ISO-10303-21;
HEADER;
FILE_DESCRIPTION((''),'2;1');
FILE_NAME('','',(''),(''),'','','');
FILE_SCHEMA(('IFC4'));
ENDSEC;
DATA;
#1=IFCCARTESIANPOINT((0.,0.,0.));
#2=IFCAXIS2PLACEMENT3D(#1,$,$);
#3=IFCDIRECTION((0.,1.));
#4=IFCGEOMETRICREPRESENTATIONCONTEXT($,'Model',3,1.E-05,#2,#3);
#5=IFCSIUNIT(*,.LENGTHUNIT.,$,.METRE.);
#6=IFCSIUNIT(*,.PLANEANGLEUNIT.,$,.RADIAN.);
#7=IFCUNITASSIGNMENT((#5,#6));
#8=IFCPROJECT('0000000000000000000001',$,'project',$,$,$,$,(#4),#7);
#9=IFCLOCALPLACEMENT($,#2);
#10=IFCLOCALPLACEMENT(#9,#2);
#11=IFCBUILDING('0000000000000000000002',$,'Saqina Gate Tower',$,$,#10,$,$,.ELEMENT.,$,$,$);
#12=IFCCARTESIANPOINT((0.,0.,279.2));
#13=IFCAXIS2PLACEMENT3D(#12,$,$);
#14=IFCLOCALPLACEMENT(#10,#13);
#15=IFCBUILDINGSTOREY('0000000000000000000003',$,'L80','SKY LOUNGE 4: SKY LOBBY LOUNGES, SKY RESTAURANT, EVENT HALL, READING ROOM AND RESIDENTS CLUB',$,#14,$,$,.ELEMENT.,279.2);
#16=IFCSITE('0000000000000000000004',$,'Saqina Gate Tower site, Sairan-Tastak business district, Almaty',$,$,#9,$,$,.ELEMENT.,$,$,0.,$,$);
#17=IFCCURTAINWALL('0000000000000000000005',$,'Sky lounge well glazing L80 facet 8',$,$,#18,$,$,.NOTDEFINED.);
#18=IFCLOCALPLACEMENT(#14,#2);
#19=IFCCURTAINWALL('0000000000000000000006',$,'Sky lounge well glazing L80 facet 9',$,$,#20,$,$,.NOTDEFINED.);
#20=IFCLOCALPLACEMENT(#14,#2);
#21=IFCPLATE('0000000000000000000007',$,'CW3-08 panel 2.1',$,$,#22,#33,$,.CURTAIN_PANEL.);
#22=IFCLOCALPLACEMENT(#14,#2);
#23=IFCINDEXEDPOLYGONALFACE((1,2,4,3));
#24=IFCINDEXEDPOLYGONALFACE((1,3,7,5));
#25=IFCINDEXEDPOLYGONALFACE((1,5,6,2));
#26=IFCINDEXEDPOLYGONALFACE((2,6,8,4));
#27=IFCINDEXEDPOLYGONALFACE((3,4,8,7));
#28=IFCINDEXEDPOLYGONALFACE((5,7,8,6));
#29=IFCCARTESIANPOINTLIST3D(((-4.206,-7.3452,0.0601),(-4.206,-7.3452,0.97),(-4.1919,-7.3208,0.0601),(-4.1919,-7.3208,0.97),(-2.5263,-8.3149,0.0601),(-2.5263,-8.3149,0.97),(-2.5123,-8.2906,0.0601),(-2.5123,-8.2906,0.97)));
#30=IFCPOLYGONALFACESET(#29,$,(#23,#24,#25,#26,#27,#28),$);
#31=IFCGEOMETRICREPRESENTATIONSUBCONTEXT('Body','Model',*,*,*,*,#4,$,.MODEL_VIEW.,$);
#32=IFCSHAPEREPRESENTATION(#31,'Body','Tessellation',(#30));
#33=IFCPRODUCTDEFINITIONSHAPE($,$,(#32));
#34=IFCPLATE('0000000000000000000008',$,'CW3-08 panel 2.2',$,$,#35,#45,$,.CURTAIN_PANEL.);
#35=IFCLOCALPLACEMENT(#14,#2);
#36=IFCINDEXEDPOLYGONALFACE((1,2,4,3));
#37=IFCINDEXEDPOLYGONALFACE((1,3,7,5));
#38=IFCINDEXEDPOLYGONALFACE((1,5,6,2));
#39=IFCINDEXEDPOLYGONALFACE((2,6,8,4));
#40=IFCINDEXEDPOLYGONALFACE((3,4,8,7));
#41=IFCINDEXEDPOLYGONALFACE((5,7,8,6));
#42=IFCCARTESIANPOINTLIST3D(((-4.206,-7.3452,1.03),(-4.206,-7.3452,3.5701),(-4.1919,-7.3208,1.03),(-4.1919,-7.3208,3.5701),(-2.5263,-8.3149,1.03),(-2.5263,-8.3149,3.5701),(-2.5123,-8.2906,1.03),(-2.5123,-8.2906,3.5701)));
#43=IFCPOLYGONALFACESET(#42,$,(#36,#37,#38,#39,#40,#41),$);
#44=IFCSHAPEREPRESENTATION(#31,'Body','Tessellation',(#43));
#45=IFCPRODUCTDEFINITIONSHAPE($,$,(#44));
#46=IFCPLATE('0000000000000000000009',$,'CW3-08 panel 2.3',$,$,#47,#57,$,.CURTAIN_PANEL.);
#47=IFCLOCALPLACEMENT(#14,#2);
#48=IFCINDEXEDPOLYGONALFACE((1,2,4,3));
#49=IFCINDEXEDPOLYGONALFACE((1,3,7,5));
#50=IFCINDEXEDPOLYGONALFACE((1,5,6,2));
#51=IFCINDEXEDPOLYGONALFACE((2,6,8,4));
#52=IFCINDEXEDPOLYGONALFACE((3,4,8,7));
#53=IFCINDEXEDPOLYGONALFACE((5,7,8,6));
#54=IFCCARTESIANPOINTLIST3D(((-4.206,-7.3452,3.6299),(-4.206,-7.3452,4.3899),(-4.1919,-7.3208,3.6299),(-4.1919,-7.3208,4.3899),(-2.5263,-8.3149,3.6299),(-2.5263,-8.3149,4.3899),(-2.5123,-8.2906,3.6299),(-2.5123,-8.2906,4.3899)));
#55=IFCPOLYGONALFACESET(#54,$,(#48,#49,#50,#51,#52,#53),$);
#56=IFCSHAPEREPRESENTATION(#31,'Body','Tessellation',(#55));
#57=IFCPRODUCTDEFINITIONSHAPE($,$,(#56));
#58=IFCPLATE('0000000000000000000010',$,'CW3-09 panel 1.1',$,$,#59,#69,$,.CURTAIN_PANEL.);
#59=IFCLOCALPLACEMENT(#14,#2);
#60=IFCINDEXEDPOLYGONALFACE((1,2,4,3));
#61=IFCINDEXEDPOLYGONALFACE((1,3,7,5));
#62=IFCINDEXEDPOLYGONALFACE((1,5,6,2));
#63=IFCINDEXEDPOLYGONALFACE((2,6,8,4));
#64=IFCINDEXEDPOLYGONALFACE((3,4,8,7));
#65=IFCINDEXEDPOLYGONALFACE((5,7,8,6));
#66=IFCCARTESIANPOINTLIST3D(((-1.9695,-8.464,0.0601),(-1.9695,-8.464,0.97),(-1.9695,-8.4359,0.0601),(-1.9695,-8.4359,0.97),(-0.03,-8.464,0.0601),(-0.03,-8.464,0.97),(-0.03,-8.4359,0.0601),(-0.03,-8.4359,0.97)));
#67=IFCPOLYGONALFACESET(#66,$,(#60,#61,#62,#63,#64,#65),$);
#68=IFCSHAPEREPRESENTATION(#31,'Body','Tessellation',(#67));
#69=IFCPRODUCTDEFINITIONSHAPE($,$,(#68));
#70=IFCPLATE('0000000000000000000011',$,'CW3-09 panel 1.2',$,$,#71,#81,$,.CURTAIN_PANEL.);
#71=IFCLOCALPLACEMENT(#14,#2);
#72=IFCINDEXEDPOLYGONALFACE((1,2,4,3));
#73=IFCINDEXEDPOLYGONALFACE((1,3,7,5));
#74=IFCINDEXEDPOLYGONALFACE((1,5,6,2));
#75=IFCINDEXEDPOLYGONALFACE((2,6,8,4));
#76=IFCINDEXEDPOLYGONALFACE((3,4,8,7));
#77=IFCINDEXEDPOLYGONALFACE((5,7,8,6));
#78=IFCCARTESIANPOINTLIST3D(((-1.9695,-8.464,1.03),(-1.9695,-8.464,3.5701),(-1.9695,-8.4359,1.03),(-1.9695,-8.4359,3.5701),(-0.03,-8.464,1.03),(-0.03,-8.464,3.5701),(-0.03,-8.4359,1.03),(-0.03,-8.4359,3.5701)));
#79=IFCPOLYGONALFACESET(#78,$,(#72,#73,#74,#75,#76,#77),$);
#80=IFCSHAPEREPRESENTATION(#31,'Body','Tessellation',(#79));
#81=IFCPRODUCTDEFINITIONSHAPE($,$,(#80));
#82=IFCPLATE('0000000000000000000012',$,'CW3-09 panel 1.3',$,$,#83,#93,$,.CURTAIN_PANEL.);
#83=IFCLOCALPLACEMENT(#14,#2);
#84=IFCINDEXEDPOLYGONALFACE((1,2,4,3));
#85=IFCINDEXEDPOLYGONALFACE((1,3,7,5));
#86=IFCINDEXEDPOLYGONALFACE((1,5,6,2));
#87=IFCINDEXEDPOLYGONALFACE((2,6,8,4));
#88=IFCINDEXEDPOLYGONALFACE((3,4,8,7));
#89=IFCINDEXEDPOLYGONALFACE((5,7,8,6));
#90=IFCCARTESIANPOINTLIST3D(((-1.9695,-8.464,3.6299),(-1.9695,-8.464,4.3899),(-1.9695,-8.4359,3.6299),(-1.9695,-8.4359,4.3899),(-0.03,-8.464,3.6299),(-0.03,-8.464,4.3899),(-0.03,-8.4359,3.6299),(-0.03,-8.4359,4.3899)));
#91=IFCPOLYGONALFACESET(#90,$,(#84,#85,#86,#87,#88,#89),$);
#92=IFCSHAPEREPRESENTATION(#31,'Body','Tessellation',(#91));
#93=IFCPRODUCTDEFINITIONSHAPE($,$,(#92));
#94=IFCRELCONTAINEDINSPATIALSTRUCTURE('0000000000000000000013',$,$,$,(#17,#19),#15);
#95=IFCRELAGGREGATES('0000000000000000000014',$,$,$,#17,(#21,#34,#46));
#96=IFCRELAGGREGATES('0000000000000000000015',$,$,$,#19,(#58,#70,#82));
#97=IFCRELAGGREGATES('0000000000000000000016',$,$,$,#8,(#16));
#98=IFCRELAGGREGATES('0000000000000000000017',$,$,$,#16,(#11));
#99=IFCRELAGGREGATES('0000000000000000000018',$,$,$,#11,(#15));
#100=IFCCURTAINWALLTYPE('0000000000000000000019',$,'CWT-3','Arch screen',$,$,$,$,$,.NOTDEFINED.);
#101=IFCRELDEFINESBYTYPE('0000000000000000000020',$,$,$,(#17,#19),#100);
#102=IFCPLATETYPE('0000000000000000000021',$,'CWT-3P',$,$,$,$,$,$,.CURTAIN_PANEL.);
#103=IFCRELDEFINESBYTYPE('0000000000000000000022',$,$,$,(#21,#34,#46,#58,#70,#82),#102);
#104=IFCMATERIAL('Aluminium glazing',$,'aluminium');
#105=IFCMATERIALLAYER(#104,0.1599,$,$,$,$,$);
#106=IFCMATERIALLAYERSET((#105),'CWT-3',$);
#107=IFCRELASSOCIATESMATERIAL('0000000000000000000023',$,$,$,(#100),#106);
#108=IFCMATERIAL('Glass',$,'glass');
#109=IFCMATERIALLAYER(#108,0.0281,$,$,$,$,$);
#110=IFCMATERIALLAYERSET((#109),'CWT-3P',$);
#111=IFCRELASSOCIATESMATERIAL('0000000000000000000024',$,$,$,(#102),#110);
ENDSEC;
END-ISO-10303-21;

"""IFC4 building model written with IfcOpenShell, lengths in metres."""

from ifc_helpers import new_model, si_unit, direction, frame, origin, origin_2d, place, context, subcontext, project, spatial, rectangle, extrude, material, layer, layer_set, type_object, element, aggregate, save


model = new_model("IFC4")

# Units and contexts
model_context = context("Model", 3, precision=1e-05, world=origin(), true_north=direction((0.0, 1.0)))
body_context = subcontext(model_context, "Body", "Model", "MODEL_VIEW")
ifc_project = project(units=[si_unit("LENGTHUNIT", "METRE"), si_unit("PLANEANGLEUNIT", "RADIAN")], contexts=[model_context])

# Site, building, storey
site_placement = place(None, origin())
site = spatial("IfcSite", under=ifc_project, at=site_placement, Name="Saqina Gate Tower site, Sairan-Tastak business district, Almaty", CompositionType="ELEMENT", RefElevation=0.0)
building_placement = place(site_placement, origin())
building = spatial("IfcBuilding", under=site, at=building_placement, Name="Saqina Gate Tower", CompositionType="ELEMENT")
storey_placement = place(building_placement, frame((0.0, 0.0, 279.2)))
storey = spatial("IfcBuildingStorey", under=building, at=storey_placement, Name="L80", Description="SKY LOUNGE 4: SKY LOBBY LOUNGES, SKY RESTAURANT, EVENT HALL, READING ROOM AND RESIDENTS CLUB", CompositionType="ELEMENT", Elevation=279.2)

# Curtain walls
ifc_material_1 = material(Name="Aluminium glazing", Category="aluminium")
ifc_layer_1 = layer(ifc_material_1, 0.1599)
ifc_layer_set_1 = layer_set([ifc_layer_1], Name="CWT-3")
curtain_wall_type = type_object("IfcCurtainWallType", Name="CWT-3", Description="Arch screen", PredefinedType="NOTDEFINED", material=ifc_layer_set_1)
curtain_wall_1_placement = place(storey_placement, origin())
curtain_wall_1 = element("IfcCurtainWall", 1, at=curtain_wall_1_placement, inside=storey, type_object=curtain_wall_type, Name="Sky lounge well glazing L80 facet 8", PredefinedType="NOTDEFINED")
curtain_wall_2_placement = place(storey_placement, origin())
curtain_wall_2 = element("IfcCurtainWall", 2, at=curtain_wall_2_placement, inside=storey, type_object=curtain_wall_type, Name="Sky lounge well glazing L80 facet 9", PredefinedType="NOTDEFINED")

# Plates
ifc_material_2 = material(Name="Glass", Category="glass")
ifc_layer_2 = layer(ifc_material_2, 0.0281)
ifc_layer_set_2 = layer_set([ifc_layer_2], Name="CWT-3P")
plate_type = type_object("IfcPlateType", Name="CWT-3P", PredefinedType="CURTAIN_PANEL", material=ifc_layer_set_2)
plate_1_placement = place(storey_placement, frame((-3.3591, -7.8179, 0.0601), z_axis=(0.0, 0.0, 1.0), x_axis=(0.866024, -0.500003, 0.0)))
plate_1 = element("IfcPlate", 3, at=plate_1_placement, type_object=plate_type, Name="CW3-08 panel 2.1", PredefinedType="CURTAIN_PANEL", context=body_context, shape_type="SweptSolid", body=[
    extrude(rectangle(XDim=1.9395, YDim=0.0281, at=origin_2d()), origin(), (0.0, 0.0, 1.0), 0.9099),
])
plate_2_placement = place(storey_placement, frame((-3.3591, -7.8179, 1.03), z_axis=(0.0, 0.0, 1.0), x_axis=(0.866024, -0.500003, 0.0)))
plate_2 = element("IfcPlate", 4, at=plate_2_placement, type_object=plate_type, Name="CW3-08 panel 2.2", PredefinedType="CURTAIN_PANEL", context=body_context, shape_type="SweptSolid", body=[
    extrude(rectangle(XDim=1.9395, YDim=0.0281, at=origin_2d()), origin(), (0.0, 0.0, 1.0), 2.54),
])
plate_3_placement = place(storey_placement, frame((-3.3591, -7.8179, 3.6299), z_axis=(0.0, 0.0, 1.0), x_axis=(0.866024, -0.500003, 0.0)))
plate_3 = element("IfcPlate", 5, at=plate_3_placement, type_object=plate_type, Name="CW3-08 panel 2.3", PredefinedType="CURTAIN_PANEL", context=body_context, shape_type="SweptSolid", body=[
    extrude(rectangle(XDim=1.9395, YDim=0.0281, at=origin_2d()), origin(), (0.0, 0.0, 1.0), 0.76),
])
aggregate(curtain_wall_1, [plate_1, plate_2, plate_3])
plate_4_placement = place(storey_placement, frame((-0.9998, -8.45, 0.0601), z_axis=(0.0, 0.0, 1.0), x_axis=(1.0, 0.0, 0.0)))
plate_4 = element("IfcPlate", 6, at=plate_4_placement, type_object=plate_type, Name="CW3-09 panel 1.1", PredefinedType="CURTAIN_PANEL", context=body_context, shape_type="SweptSolid", body=[
    extrude(rectangle(XDim=1.9395, YDim=0.0281, at=origin_2d()), origin(), (0.0, 0.0, 1.0), 0.9099),
])
plate_5_placement = place(storey_placement, frame((-0.9998, -8.45, 1.03), z_axis=(0.0, 0.0, 1.0), x_axis=(1.0, 0.0, 0.0)))
plate_5 = element("IfcPlate", 7, at=plate_5_placement, type_object=plate_type, Name="CW3-09 panel 1.2", PredefinedType="CURTAIN_PANEL", context=body_context, shape_type="SweptSolid", body=[
    extrude(rectangle(XDim=1.9395, YDim=0.0281, at=origin_2d()), origin(), (0.0, 0.0, 1.0), 2.54),
])
plate_6_placement = place(storey_placement, frame((-0.9998, -8.45, 3.6299), z_axis=(0.0, 0.0, 1.0), x_axis=(1.0, 0.0, 0.0)))
plate_6 = element("IfcPlate", 8, at=plate_6_placement, type_object=plate_type, Name="CW3-09 panel 1.3", PredefinedType="CURTAIN_PANEL", context=body_context, shape_type="SweptSolid", body=[
    extrude(rectangle(XDim=1.9395, YDim=0.0281, at=origin_2d()), origin(), (0.0, 0.0, 1.0), 0.76),
])
aggregate(curtain_wall_2, [plate_4, plate_5, plate_6])

save(model, "model.ifc")
